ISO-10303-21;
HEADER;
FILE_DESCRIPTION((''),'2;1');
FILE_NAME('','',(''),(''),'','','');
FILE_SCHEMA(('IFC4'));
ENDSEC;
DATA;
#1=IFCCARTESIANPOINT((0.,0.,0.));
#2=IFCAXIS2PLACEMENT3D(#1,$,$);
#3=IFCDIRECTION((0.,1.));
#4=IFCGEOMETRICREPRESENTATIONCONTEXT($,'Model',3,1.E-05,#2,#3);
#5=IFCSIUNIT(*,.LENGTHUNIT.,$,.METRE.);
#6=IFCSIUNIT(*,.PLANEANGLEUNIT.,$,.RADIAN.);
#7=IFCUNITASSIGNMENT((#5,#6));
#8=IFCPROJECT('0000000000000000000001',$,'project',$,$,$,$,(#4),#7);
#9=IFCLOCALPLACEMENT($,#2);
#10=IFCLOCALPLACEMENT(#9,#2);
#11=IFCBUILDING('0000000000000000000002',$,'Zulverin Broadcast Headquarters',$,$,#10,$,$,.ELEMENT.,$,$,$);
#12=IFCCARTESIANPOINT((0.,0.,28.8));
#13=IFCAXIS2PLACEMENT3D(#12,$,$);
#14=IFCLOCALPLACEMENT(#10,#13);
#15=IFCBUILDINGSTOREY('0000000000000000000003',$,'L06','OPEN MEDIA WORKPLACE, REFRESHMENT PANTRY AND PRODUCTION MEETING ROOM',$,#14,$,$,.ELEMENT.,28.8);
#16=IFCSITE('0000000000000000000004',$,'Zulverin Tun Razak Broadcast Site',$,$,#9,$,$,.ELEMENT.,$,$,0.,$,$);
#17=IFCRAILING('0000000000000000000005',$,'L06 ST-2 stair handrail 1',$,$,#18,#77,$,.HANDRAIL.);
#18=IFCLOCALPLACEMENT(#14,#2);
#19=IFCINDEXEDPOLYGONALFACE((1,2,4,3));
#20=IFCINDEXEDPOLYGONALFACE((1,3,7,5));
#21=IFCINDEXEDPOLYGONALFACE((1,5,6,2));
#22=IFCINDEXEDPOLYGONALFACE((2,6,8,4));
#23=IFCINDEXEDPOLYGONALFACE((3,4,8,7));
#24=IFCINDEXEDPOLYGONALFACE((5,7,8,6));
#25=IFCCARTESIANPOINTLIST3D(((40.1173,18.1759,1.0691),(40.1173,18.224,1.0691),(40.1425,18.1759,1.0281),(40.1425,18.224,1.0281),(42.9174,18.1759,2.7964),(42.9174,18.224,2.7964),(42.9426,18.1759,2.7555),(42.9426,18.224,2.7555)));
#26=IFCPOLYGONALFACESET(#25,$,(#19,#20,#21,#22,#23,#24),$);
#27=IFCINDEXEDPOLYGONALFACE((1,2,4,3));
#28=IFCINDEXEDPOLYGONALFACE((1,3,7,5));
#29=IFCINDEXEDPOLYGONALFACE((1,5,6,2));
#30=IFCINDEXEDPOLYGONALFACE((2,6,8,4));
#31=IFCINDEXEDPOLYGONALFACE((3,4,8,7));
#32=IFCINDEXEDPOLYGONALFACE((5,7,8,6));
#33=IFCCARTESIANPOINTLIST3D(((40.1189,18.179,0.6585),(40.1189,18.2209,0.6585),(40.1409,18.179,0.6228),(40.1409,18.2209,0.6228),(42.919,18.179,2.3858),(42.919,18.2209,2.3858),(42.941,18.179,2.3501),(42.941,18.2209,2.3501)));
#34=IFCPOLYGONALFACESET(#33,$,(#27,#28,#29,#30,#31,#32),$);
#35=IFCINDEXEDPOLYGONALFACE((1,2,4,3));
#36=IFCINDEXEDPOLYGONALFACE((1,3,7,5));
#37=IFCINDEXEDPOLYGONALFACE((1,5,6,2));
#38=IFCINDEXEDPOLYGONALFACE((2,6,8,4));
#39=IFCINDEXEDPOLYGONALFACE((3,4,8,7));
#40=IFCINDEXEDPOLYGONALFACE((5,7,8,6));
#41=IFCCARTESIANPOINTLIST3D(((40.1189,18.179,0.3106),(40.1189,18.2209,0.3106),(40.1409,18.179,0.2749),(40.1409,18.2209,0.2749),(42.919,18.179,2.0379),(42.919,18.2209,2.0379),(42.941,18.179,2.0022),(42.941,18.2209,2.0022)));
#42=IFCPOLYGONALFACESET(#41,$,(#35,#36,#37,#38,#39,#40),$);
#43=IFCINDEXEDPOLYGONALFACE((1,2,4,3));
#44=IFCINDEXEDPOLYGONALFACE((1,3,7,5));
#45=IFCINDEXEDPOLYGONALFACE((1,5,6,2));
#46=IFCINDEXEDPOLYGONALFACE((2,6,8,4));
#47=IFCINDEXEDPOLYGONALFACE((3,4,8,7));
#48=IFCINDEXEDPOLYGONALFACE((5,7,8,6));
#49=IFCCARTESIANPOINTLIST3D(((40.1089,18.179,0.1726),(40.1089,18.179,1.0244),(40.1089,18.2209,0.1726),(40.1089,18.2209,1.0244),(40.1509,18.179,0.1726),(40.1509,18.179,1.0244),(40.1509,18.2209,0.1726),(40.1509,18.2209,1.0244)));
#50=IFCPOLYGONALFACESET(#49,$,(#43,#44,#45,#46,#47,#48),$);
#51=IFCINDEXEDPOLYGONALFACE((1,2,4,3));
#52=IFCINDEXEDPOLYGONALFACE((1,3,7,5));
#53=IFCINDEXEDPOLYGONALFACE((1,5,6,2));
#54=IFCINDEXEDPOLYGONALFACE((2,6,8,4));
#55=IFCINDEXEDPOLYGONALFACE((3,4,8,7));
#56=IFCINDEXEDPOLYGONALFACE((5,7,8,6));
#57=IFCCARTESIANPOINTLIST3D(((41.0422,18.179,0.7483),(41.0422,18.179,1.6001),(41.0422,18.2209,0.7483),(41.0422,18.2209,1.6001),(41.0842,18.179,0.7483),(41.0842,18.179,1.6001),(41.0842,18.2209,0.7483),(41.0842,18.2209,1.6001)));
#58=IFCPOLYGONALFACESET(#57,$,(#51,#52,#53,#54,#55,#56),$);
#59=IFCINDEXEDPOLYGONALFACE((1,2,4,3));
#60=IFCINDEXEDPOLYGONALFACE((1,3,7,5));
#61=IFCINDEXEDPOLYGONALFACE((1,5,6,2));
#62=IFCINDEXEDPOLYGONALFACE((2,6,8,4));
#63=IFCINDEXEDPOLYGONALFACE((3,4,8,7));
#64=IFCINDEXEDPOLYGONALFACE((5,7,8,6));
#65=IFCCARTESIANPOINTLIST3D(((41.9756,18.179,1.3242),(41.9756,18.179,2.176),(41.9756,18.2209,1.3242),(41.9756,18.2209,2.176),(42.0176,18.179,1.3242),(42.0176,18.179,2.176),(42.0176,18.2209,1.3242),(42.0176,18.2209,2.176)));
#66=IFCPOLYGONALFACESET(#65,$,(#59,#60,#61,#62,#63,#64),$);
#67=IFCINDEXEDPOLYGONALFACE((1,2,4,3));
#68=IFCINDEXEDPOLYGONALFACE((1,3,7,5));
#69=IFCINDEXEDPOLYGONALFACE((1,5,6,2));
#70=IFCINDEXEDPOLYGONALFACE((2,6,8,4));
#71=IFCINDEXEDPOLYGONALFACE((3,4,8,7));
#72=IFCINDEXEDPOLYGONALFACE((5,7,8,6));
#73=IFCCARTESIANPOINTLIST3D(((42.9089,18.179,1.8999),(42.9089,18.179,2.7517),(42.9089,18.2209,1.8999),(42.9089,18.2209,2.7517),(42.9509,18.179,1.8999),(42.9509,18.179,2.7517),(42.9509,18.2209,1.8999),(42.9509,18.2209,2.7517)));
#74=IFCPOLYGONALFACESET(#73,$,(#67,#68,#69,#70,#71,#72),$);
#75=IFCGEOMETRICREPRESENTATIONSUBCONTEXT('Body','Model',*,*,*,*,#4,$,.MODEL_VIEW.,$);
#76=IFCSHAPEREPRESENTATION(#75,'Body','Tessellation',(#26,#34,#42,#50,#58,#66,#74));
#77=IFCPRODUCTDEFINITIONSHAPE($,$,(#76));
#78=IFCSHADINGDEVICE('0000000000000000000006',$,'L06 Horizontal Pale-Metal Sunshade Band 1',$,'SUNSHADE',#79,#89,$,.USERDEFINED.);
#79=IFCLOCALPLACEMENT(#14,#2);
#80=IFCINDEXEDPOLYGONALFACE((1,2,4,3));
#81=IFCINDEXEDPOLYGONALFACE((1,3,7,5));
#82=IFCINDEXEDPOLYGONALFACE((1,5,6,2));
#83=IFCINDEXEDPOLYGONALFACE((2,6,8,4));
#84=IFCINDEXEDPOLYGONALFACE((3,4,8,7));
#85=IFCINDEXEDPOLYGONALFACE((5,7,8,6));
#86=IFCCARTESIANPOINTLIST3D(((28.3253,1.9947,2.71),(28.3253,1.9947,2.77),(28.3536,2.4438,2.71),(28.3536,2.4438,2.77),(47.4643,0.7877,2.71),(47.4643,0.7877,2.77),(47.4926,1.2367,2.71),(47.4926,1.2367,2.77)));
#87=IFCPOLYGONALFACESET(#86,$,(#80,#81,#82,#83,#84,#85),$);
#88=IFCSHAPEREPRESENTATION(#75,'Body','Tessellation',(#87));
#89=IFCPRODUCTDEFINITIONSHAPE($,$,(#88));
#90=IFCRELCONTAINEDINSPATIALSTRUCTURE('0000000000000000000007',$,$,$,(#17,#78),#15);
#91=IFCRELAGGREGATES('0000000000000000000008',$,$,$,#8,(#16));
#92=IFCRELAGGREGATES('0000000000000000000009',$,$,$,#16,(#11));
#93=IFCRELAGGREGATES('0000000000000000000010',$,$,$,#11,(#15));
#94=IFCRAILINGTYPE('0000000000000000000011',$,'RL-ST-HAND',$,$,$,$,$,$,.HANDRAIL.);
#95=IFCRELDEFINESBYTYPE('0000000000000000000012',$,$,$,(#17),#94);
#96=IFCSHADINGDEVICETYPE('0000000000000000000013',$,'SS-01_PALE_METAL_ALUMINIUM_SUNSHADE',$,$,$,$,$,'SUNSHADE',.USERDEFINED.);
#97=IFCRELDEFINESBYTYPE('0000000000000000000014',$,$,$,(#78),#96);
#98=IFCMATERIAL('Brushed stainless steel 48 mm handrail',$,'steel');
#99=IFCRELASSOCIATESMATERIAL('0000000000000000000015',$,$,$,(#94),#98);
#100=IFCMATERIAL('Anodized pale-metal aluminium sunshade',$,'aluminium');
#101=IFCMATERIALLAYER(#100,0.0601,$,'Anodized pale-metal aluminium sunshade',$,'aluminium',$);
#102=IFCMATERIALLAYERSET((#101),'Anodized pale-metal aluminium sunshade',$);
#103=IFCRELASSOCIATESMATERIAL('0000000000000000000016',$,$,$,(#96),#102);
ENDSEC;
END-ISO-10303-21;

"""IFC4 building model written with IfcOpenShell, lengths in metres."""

from ifc_helpers import new_model, si_unit, direction, frame, origin, origin_2d, place, context, subcontext, project, spatial, rectangle, extrude, material, layer, layer_set, type_object, element, save


model = new_model("IFC4")

# Units and contexts
model_context = context("Model", 3, precision=1e-05, world=origin(), true_north=direction((0.0, 1.0)))
body_context = subcontext(model_context, "Body", "Model", "MODEL_VIEW")
ifc_project = project(units=[si_unit("LENGTHUNIT", "METRE"), si_unit("PLANEANGLEUNIT", "RADIAN")], contexts=[model_context])

# Site, building, storey
site_placement = place(None, origin())
site = spatial("IfcSite", under=ifc_project, at=site_placement, Name="Zulverin Tun Razak Broadcast Site", CompositionType="ELEMENT", RefElevation=0.0)
building_placement = place(site_placement, origin())
building = spatial("IfcBuilding", under=site, at=building_placement, Name="Zulverin Broadcast Headquarters", CompositionType="ELEMENT")
storey_placement = place(building_placement, frame((0.0, 0.0, 28.8)))
storey = spatial("IfcBuildingStorey", under=building, at=storey_placement, Name="L06", Description="OPEN MEDIA WORKPLACE, REFRESHMENT PANTRY AND PRODUCTION MEETING ROOM", CompositionType="ELEMENT", Elevation=28.8)

# Railing
ifc_material_1 = material(Name="Brushed stainless steel 48 mm handrail", Category="steel")
railing_type_1 = type_object("IfcRailingType", Name="RL-ST-HAND", PredefinedType="HANDRAIL", material=ifc_material_1)
railing_1_placement = place(storey_placement, frame((40.1299, 18.2, 0.1726)))
element("IfcRailing", 1, at=railing_1_placement, inside=storey, type_object=railing_type_1, Name="L06 ST-2 stair handrail 1", PredefinedType="HANDRAIL", context=body_context, shape_type="SweptSolid", body=[
    extrude(rectangle(XDim=0.0481, YDim=0.0481, at=origin_2d()), frame((0.0, 0.0, 0.876), z_axis=(0.85109, 0.0, 0.52502), x_axis=(0.0, 1.0, 0.0)), (0.0, 0.0, 1.0), 3.29),
    extrude(rectangle(XDim=0.042, YDim=0.042, at=origin_2d()), frame((0.0, 0.0, 0.468), z_axis=(0.85109, 0.0, 0.52502), x_axis=(0.0, 1.0, 0.0)), (0.0, 0.0, 1.0), 3.29),
    extrude(rectangle(XDim=0.042, YDim=0.042, at=origin_2d()), frame((0.0, 0.0, 0.1201), z_axis=(0.85109, 0.0, 0.52502), x_axis=(0.0, 1.0, 0.0)), (0.0, 0.0, 1.0), 3.29),
    extrude(rectangle(XDim=0.042, YDim=0.042, at=origin_2d()), origin(), (0.0, 0.0, 1.0), 0.8518),
    extrude(rectangle(XDim=0.042, YDim=0.042, at=origin_2d()), frame((0.9333, 0.0, 0.5757)), (0.0, 0.0, 1.0), 0.8518),
    extrude(rectangle(XDim=0.042, YDim=0.042, at=origin_2d()), frame((1.8667, 0.0, 1.1516)), (0.0, 0.0, 1.0), 0.8518),
    extrude(rectangle(XDim=0.042, YDim=0.042, at=origin_2d()), frame((2.8, 0.0, 1.7273)), (0.0, 0.0, 1.0), 0.8518),
])

# Shading device
ifc_material_2 = material(Name="Anodized pale-metal aluminium sunshade", Category="aluminium")
ifc_layer_1 = layer(ifc_material_2, 0.0601, Name="Anodized pale-metal aluminium sunshade", Category="aluminium")
ifc_layer_set_1 = layer_set([ifc_layer_1], Name="Anodized pale-metal aluminium sunshade")
shading_device_type = type_object("IfcShadingDeviceType", Name="SS-01_PALE_METAL_ALUMINIUM_SUNSHADE", ElementType="SUNSHADE", PredefinedType="USERDEFINED", material=ifc_layer_set_1)
shading_device_placement = place(storey_placement, frame((37.9089, 1.6157, 2.71), z_axis=(0.0, 0.0, 1.0), x_axis=(0.998017, -0.062942, 0.0)))
element("IfcShadingDevice", 2, at=shading_device_placement, inside=storey, type_object=shading_device_type, Name="L06 Horizontal Pale-Metal Sunshade Band 1", ObjectType="SUNSHADE", PredefinedType="USERDEFINED", context=body_context, shape_type="SweptSolid", body=[
    extrude(rectangle(XDim=19.177, YDim=0.45, at=origin_2d()), origin(), (0.0, 0.0, 1.0), 0.0601),
])

save(model, "model.ifc")
